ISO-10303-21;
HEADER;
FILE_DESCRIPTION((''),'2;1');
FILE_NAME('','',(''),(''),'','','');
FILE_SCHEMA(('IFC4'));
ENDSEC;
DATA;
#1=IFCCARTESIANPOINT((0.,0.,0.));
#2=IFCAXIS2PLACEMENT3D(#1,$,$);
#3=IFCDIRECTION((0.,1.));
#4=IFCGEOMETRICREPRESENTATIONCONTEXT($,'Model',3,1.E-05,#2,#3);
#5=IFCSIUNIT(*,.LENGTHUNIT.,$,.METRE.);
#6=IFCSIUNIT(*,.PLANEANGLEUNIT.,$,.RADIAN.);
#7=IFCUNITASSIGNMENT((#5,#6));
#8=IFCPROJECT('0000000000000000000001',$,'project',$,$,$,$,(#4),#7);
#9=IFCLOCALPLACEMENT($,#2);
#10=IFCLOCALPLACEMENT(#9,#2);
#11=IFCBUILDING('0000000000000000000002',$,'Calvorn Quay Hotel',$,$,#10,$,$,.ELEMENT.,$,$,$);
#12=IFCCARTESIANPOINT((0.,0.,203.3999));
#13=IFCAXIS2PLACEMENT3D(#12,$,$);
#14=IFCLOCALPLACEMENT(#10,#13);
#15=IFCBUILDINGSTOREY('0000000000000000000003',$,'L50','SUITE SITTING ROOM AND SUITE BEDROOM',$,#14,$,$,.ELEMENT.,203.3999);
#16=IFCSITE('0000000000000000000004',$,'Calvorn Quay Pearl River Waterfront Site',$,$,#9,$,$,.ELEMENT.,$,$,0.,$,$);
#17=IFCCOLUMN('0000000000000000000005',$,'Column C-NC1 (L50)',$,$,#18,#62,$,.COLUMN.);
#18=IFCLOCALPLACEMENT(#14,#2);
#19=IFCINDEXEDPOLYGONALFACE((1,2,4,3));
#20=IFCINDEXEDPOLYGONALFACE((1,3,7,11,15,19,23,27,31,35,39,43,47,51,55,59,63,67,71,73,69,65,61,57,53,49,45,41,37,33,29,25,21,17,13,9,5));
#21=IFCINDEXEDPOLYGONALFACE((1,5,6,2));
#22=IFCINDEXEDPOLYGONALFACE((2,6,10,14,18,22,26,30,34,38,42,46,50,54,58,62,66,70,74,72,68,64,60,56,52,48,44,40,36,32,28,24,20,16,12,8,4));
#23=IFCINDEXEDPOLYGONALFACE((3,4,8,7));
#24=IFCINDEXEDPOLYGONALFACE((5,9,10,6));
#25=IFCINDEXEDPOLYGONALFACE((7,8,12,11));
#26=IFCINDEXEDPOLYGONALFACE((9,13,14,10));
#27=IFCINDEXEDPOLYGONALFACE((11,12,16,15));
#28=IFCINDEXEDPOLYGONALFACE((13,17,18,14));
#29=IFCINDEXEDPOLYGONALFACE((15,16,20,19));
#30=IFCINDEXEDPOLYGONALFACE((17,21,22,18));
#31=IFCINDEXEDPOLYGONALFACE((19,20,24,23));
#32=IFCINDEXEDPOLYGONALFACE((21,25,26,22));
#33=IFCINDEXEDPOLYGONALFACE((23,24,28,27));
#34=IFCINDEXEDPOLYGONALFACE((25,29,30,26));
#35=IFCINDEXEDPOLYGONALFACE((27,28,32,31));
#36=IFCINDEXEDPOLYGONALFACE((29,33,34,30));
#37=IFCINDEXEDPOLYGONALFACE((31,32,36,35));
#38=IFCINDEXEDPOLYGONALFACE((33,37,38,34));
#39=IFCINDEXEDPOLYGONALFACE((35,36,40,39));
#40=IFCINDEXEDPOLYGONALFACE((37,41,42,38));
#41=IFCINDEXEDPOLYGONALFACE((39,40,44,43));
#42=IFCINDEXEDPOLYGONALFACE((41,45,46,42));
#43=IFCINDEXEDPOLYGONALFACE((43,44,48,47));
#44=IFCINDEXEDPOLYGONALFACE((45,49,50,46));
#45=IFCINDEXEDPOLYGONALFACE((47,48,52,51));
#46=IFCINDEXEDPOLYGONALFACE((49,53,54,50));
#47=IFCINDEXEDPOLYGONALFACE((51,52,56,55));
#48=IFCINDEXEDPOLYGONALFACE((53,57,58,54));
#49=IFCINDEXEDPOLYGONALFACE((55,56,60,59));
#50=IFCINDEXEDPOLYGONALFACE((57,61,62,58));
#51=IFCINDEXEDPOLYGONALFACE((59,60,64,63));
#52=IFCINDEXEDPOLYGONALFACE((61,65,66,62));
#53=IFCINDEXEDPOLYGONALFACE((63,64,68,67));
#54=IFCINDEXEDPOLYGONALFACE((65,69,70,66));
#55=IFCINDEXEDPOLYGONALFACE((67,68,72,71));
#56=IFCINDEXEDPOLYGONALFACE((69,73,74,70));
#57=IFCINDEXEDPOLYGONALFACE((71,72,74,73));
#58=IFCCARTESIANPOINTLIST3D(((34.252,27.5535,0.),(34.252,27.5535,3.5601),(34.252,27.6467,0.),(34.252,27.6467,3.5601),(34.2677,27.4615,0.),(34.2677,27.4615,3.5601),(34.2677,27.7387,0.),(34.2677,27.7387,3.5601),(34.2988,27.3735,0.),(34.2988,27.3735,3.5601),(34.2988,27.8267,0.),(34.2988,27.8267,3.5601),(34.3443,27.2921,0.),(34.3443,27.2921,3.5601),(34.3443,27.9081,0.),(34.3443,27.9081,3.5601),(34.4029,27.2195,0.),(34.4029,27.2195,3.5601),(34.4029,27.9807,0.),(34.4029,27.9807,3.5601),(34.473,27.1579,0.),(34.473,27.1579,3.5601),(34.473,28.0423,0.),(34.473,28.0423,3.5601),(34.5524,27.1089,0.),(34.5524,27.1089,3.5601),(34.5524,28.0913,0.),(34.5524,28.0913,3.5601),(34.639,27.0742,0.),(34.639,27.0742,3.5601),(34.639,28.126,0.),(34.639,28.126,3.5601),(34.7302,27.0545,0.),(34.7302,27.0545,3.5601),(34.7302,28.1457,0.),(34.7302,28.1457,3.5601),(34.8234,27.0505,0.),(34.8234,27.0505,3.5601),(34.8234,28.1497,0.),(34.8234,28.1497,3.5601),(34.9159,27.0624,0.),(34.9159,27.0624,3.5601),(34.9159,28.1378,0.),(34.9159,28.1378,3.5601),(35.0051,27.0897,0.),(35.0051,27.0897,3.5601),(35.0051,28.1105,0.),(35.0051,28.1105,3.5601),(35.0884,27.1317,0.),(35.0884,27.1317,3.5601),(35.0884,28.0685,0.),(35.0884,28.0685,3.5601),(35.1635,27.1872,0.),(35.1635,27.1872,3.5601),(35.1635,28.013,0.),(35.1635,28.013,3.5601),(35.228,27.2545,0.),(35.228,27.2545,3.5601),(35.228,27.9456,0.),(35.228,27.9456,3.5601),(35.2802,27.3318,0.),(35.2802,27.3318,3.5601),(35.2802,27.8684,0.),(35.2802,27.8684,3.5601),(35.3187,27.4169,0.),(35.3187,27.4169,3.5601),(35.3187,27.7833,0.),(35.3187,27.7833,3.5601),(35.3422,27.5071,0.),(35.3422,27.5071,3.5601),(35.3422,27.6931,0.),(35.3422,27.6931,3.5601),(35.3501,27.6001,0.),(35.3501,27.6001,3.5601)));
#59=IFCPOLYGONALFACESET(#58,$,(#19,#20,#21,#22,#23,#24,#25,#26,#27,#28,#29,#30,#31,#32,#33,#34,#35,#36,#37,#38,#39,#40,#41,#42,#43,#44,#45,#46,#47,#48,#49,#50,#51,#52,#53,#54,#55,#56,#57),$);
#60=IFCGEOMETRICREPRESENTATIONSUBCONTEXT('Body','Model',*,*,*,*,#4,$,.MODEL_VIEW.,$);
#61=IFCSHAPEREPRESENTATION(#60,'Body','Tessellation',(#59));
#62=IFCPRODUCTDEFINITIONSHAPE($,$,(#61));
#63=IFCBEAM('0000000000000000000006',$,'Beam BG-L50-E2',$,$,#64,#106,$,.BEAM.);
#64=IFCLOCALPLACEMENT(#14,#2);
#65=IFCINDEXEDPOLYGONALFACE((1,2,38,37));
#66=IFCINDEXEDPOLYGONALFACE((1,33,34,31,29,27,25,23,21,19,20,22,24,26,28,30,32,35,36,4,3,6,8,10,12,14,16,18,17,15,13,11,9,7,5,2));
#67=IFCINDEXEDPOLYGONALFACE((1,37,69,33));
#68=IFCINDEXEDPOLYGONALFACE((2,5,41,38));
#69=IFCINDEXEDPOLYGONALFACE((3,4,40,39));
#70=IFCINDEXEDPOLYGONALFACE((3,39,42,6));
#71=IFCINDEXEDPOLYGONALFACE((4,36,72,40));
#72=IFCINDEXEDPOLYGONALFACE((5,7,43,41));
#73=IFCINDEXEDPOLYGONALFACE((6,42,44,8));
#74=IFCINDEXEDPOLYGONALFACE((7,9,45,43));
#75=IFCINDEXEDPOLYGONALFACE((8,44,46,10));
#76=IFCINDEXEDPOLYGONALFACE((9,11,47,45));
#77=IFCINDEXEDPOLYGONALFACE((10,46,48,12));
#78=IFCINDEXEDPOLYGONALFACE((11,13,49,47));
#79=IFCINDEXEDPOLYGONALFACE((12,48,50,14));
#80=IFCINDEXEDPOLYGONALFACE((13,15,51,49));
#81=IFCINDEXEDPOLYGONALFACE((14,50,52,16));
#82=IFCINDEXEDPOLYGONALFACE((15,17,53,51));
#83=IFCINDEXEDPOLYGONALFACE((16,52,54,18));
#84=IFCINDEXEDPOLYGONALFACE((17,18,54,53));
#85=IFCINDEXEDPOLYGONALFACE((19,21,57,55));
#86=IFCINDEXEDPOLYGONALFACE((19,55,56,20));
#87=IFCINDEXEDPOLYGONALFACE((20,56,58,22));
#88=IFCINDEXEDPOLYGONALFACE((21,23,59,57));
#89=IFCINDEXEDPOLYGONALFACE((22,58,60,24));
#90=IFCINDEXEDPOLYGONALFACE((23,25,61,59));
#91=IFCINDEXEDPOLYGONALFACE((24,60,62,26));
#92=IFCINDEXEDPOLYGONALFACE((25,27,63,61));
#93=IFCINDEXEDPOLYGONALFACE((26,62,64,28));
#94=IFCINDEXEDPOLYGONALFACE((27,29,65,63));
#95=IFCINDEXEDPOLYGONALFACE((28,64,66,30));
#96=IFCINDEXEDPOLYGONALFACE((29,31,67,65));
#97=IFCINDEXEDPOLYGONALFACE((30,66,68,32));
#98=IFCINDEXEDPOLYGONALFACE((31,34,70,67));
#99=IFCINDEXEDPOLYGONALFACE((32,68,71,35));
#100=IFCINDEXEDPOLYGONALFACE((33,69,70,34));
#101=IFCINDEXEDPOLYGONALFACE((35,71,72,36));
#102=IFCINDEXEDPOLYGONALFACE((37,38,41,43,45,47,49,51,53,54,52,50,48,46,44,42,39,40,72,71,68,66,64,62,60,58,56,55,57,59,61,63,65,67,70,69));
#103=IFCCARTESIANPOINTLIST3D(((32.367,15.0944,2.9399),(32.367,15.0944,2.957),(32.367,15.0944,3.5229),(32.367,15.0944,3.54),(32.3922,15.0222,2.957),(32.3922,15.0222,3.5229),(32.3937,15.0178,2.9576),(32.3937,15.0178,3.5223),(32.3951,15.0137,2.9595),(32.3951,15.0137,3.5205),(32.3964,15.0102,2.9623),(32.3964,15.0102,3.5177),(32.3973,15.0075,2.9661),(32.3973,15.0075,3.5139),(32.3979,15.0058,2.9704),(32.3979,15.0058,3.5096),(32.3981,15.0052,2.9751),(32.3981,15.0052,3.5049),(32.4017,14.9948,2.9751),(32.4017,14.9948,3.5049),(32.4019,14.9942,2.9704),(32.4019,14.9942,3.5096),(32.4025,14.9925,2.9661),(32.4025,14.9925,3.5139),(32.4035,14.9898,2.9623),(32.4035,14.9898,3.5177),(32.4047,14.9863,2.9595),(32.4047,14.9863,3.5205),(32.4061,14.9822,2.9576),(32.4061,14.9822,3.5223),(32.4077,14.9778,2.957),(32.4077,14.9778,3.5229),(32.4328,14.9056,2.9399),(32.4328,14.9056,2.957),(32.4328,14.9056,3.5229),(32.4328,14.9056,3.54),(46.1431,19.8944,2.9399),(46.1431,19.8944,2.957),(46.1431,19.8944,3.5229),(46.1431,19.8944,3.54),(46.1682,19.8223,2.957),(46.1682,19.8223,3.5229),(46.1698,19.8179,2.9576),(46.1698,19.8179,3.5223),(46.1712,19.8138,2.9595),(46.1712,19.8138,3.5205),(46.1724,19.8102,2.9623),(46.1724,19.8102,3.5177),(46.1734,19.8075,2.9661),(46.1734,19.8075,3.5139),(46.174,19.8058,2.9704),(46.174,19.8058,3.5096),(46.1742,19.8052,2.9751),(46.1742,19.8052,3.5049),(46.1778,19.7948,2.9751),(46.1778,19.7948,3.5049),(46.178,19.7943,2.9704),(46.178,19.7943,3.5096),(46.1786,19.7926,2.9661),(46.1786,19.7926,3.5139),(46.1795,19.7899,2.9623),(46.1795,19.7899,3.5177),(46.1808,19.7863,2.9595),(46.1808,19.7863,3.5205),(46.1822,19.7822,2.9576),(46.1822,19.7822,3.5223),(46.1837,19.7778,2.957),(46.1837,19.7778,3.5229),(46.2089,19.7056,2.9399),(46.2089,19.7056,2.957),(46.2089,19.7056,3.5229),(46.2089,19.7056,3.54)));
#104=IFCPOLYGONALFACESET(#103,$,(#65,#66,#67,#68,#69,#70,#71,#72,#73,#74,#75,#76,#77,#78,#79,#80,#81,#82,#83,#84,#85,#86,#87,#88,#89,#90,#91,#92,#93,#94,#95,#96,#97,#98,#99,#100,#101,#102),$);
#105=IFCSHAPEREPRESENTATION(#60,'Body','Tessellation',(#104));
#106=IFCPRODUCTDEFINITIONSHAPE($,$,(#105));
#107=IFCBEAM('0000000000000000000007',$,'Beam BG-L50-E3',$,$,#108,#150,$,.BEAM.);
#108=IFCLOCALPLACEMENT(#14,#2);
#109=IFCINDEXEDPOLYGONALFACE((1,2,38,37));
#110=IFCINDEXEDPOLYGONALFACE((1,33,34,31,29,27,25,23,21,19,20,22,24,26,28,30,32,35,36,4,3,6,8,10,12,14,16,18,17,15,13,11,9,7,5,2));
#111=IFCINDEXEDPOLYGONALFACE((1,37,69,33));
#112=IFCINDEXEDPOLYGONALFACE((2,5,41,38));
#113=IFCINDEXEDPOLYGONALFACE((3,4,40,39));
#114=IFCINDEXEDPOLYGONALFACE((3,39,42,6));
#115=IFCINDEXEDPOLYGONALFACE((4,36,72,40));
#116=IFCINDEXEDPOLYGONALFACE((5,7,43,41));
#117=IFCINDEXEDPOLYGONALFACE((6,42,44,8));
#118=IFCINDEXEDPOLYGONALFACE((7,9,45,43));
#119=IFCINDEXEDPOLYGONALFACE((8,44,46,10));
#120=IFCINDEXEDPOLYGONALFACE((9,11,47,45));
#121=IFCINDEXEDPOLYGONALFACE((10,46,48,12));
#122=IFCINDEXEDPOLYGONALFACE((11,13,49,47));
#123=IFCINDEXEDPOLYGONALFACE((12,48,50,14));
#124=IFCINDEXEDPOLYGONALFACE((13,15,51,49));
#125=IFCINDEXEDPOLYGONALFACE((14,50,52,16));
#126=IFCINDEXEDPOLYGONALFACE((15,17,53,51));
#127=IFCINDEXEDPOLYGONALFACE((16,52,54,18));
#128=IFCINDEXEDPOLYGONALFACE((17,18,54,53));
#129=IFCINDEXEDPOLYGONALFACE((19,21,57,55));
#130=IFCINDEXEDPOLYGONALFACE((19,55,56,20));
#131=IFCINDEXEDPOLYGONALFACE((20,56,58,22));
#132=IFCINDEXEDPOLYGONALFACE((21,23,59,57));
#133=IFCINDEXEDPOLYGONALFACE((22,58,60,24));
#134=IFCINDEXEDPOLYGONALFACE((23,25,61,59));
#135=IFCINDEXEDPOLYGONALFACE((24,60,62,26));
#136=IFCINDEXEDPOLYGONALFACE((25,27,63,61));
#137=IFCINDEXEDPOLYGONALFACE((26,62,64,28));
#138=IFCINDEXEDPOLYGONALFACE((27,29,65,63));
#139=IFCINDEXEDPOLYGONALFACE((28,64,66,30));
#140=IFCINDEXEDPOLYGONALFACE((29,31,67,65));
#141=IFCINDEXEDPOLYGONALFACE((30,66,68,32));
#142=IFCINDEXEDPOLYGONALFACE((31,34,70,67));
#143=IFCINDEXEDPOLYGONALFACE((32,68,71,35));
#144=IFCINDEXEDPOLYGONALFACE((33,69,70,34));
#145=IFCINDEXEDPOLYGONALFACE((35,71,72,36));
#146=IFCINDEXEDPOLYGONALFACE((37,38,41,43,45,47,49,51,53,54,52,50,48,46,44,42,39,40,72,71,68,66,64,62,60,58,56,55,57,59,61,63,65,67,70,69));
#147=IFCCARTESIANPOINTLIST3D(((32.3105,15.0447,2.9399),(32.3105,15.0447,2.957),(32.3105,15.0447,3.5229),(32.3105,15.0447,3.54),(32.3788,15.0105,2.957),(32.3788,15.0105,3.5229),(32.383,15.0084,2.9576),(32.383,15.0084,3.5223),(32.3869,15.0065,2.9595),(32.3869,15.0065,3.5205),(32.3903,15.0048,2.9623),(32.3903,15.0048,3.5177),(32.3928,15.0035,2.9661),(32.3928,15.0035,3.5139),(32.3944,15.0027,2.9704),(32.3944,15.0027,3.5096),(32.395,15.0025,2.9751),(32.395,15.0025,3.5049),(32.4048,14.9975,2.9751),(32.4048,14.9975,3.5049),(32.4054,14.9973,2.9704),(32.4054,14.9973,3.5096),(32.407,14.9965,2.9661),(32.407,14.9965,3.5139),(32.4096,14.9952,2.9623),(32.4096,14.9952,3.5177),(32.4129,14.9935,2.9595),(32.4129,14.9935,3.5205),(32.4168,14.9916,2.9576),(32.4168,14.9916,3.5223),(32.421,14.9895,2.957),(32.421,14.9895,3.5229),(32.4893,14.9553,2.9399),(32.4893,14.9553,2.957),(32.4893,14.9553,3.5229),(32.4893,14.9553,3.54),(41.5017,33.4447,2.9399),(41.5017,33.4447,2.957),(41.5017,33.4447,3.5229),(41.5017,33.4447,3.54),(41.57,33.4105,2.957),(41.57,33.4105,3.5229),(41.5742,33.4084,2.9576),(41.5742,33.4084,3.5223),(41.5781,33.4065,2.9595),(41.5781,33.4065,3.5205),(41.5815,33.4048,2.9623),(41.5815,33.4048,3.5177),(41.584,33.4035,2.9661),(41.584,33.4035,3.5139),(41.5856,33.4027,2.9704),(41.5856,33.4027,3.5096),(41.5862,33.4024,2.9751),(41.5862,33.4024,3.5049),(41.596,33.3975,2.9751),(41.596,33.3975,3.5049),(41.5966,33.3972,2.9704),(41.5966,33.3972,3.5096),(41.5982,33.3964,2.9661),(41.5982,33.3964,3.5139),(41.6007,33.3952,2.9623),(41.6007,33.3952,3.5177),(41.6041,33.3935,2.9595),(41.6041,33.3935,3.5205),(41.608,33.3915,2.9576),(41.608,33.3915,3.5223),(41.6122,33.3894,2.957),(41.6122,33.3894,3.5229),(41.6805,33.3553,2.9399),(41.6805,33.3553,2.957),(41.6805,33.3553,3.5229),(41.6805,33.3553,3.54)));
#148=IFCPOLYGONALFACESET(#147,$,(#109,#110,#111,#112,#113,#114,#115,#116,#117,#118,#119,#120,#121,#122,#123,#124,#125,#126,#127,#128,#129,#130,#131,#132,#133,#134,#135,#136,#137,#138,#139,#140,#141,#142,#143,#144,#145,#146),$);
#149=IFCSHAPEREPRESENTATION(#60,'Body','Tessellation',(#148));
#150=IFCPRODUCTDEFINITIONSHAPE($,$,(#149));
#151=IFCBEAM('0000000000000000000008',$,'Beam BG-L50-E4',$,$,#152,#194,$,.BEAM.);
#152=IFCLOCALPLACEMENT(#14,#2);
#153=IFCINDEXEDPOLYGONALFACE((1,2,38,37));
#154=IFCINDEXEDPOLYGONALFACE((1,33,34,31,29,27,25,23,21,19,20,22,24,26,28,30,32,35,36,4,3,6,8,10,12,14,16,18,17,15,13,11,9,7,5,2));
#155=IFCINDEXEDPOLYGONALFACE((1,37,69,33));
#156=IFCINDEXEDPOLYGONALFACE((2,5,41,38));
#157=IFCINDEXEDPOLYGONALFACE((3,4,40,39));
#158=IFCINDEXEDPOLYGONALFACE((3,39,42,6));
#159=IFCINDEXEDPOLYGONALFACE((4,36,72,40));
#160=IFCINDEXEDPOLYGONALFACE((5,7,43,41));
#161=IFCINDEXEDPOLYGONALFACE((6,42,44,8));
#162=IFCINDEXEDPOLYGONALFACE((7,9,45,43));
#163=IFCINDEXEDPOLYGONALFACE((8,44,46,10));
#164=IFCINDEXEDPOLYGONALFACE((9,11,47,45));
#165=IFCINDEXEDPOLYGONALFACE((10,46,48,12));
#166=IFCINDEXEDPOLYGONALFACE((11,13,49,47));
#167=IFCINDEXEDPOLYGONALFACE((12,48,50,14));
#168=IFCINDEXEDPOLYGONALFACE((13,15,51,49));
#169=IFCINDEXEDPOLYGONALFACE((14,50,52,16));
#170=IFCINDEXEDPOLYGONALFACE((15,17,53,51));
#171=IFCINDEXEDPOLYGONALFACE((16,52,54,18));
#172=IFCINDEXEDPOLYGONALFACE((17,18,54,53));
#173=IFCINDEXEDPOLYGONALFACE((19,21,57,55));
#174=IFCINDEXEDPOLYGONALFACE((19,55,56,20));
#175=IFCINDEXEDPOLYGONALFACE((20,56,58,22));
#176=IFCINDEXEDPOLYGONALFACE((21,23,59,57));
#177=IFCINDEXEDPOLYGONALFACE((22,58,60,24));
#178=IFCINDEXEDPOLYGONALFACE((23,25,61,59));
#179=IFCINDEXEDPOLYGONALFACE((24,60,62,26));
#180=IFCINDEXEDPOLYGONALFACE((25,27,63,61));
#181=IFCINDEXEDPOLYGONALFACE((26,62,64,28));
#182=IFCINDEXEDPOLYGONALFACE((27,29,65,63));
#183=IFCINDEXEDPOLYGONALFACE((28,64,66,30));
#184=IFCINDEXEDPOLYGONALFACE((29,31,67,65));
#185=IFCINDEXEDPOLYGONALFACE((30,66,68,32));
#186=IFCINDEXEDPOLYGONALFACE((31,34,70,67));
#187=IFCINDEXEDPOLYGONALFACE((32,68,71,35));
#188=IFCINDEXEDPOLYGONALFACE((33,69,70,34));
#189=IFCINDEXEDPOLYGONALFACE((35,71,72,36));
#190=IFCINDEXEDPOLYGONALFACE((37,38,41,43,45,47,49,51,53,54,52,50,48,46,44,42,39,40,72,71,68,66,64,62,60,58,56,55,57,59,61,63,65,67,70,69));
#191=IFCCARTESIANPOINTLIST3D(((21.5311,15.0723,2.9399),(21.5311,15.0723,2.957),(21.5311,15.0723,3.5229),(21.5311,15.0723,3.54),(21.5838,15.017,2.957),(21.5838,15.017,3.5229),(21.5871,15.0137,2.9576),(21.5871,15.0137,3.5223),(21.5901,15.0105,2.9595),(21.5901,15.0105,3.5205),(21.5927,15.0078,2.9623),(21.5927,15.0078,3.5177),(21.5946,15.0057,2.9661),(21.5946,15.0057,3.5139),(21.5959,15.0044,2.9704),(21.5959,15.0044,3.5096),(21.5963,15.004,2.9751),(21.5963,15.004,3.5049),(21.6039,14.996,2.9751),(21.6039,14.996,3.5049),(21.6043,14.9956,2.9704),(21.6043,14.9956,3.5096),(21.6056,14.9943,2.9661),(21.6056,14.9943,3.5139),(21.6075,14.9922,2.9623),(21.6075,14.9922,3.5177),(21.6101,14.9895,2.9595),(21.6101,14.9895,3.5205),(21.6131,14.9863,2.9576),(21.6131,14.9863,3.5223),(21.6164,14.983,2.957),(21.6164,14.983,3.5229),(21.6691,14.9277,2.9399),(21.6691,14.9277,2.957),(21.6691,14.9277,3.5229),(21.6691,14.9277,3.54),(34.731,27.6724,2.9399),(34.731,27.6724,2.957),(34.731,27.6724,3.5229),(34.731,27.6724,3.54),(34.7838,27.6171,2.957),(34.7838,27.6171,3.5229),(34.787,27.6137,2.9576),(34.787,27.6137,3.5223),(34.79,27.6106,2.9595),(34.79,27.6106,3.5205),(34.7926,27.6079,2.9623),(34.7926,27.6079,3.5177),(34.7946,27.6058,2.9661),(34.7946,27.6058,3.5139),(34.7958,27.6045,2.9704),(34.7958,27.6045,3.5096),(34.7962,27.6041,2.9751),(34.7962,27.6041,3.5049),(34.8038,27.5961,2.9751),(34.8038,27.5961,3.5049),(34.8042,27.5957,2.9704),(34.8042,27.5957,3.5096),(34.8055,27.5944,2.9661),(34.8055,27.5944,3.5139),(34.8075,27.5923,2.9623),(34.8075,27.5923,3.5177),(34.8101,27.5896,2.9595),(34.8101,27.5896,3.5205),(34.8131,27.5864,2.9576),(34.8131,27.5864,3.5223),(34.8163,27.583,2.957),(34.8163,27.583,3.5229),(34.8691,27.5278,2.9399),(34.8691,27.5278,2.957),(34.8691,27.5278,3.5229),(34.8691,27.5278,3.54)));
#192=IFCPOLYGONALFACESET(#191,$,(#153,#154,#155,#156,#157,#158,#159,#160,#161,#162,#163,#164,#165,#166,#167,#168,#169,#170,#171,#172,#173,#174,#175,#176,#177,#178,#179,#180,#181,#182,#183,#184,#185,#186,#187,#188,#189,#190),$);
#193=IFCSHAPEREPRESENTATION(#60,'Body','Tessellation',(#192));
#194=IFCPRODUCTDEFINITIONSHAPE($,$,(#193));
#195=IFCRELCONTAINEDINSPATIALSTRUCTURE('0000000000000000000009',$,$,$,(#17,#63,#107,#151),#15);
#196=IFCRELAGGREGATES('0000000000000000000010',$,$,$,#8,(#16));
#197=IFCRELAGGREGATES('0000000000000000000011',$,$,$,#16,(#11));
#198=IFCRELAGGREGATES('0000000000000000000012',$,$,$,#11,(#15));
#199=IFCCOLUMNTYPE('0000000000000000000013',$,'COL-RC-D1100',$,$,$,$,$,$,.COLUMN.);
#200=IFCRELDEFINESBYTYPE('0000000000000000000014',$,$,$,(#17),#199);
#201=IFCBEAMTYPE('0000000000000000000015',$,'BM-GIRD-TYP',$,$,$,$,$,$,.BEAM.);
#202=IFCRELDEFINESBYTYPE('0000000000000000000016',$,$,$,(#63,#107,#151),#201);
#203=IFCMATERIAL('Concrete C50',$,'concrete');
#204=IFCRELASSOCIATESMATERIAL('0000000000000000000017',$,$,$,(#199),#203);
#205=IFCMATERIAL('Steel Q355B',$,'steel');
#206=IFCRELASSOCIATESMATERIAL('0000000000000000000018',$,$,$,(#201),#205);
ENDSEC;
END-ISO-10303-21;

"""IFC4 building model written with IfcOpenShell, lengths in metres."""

from ifc_helpers import new_model, si_unit, direction, frame, origin, origin_2d, place, context, subcontext, project, spatial, circle, i_section, extrude, material, material_profile, profile_set, type_object, element, save


model = new_model("IFC4")

# Units and contexts
model_context = context("Model", 3, precision=1e-05, world=origin(), true_north=direction((0.0, 1.0)))
body_context = subcontext(model_context, "Body", "Model", "MODEL_VIEW")
ifc_project = project(units=[si_unit("LENGTHUNIT", "METRE"), si_unit("PLANEANGLEUNIT", "RADIAN")], contexts=[model_context])

# Site, building, storey
site_placement = place(None, origin())
site = spatial("IfcSite", under=ifc_project, at=site_placement, Name="Calvorn Quay Pearl River Waterfront Site", CompositionType="ELEMENT", RefElevation=0.0)
building_placement = place(site_placement, origin())
building = spatial("IfcBuilding", under=site, at=building_placement, Name="Calvorn Quay Hotel", CompositionType="ELEMENT")
storey_placement = place(building_placement, frame((0.0, 0.0, 203.3999)))
storey = spatial("IfcBuildingStorey", under=building, at=storey_placement, Name="L50", Description="SUITE SITTING ROOM AND SUITE BEDROOM", CompositionType="ELEMENT", Elevation=203.3999)

# Column
ifc_material_1 = material(Name="Concrete C50", Category="concrete")
ifc_material_profile_1 = material_profile(ifc_material_1, circle(Radius=0.55, at=origin_2d()), Name="RCD1100")
ifc_profile_set_1 = profile_set([ifc_material_profile_1], Name="Concrete C50")
column_type = type_object("IfcColumnType", Name="COL-RC-D1100", PredefinedType="COLUMN", material=ifc_profile_set_1)
column_placement = place(storey_placement, frame((34.8, 27.6001, 0.0), z_axis=(0.0, 0.0, 1.0), x_axis=(1.0, 0.0, 0.0)))
element("IfcColumn", 1, at=column_placement, inside=storey, type_object=column_type, Name="Column C-NC1 (L50)", PredefinedType="COLUMN", context=body_context, shape_type="SweptSolid", body=[
    extrude(circle(Radius=0.55, at=origin_2d()), origin(), (0.0, 0.0, 1.0), 3.5601),
])

# Beams
ifc_material_2 = material(Name="Steel Q355B", Category="steel")
ifc_material_profile_2 = material_profile(ifc_material_2, i_section(OverallWidth=0.2, OverallDepth=0.6001, WebThickness=0.011, FlangeThickness=0.0171, FilletRadius=0.0181, at=origin_2d()), Name="HN600x200x11x17")
ifc_profile_set_2 = profile_set([ifc_material_profile_2], Name="Steel Q355B")
beam_type_1 = type_object("IfcBeamType", Name="BM-GIRD-TYP", PredefinedType="BEAM", material=ifc_profile_set_2)
beam_1_placement = place(storey_placement, frame((32.3999, 15.0, 3.24), z_axis=(0.944319, 0.329031, 0.0), x_axis=(-0.329031, 0.944319, 0.0)))
element("IfcBeam", 2, at=beam_1_placement, inside=storey, type_object=beam_type_1, Name="Beam BG-L50-E2", PredefinedType="BEAM", context=body_context, shape_type="SweptSolid", body=[
    extrude(i_section(OverallWidth=0.2, OverallDepth=0.6001, WebThickness=0.011, FlangeThickness=0.0171, FilletRadius=0.0181, at=origin_2d()), origin(), (0.0, 0.0, 1.0), 14.5884),
])
beam_2_placement = place(storey_placement, frame((32.3999, 15.0, 3.24), z_axis=(0.446872, 0.894598, 0.0), x_axis=(-0.894598, 0.446872, 0.0)))
element("IfcBeam", 3, at=beam_2_placement, inside=storey, type_object=beam_type_1, Name="Beam BG-L50-E3", PredefinedType="BEAM", context=body_context, shape_type="SweptSolid", body=[
    extrude(i_section(OverallWidth=0.2, OverallDepth=0.6001, WebThickness=0.011, FlangeThickness=0.0171, FilletRadius=0.0181, at=origin_2d()), origin(), (0.0, 0.0, 1.0), 20.5679),
])
beam_3_placement = place(storey_placement, frame((21.6001, 15.0, 3.24), z_axis=(0.723352, 0.69048, 0.0), x_axis=(-0.69048, 0.723352, 0.0)))
element("IfcBeam", 4, at=beam_3_placement, inside=storey, type_object=beam_type_1, Name="Beam BG-L50-E4", PredefinedType="BEAM", context=body_context, shape_type="SweptSolid", body=[
    extrude(i_section(OverallWidth=0.2, OverallDepth=0.6001, WebThickness=0.011, FlangeThickness=0.0171, FilletRadius=0.0181, at=origin_2d()), origin(), (0.0, 0.0, 1.0), 18.2483),
])

save(model, "model.ifc")
